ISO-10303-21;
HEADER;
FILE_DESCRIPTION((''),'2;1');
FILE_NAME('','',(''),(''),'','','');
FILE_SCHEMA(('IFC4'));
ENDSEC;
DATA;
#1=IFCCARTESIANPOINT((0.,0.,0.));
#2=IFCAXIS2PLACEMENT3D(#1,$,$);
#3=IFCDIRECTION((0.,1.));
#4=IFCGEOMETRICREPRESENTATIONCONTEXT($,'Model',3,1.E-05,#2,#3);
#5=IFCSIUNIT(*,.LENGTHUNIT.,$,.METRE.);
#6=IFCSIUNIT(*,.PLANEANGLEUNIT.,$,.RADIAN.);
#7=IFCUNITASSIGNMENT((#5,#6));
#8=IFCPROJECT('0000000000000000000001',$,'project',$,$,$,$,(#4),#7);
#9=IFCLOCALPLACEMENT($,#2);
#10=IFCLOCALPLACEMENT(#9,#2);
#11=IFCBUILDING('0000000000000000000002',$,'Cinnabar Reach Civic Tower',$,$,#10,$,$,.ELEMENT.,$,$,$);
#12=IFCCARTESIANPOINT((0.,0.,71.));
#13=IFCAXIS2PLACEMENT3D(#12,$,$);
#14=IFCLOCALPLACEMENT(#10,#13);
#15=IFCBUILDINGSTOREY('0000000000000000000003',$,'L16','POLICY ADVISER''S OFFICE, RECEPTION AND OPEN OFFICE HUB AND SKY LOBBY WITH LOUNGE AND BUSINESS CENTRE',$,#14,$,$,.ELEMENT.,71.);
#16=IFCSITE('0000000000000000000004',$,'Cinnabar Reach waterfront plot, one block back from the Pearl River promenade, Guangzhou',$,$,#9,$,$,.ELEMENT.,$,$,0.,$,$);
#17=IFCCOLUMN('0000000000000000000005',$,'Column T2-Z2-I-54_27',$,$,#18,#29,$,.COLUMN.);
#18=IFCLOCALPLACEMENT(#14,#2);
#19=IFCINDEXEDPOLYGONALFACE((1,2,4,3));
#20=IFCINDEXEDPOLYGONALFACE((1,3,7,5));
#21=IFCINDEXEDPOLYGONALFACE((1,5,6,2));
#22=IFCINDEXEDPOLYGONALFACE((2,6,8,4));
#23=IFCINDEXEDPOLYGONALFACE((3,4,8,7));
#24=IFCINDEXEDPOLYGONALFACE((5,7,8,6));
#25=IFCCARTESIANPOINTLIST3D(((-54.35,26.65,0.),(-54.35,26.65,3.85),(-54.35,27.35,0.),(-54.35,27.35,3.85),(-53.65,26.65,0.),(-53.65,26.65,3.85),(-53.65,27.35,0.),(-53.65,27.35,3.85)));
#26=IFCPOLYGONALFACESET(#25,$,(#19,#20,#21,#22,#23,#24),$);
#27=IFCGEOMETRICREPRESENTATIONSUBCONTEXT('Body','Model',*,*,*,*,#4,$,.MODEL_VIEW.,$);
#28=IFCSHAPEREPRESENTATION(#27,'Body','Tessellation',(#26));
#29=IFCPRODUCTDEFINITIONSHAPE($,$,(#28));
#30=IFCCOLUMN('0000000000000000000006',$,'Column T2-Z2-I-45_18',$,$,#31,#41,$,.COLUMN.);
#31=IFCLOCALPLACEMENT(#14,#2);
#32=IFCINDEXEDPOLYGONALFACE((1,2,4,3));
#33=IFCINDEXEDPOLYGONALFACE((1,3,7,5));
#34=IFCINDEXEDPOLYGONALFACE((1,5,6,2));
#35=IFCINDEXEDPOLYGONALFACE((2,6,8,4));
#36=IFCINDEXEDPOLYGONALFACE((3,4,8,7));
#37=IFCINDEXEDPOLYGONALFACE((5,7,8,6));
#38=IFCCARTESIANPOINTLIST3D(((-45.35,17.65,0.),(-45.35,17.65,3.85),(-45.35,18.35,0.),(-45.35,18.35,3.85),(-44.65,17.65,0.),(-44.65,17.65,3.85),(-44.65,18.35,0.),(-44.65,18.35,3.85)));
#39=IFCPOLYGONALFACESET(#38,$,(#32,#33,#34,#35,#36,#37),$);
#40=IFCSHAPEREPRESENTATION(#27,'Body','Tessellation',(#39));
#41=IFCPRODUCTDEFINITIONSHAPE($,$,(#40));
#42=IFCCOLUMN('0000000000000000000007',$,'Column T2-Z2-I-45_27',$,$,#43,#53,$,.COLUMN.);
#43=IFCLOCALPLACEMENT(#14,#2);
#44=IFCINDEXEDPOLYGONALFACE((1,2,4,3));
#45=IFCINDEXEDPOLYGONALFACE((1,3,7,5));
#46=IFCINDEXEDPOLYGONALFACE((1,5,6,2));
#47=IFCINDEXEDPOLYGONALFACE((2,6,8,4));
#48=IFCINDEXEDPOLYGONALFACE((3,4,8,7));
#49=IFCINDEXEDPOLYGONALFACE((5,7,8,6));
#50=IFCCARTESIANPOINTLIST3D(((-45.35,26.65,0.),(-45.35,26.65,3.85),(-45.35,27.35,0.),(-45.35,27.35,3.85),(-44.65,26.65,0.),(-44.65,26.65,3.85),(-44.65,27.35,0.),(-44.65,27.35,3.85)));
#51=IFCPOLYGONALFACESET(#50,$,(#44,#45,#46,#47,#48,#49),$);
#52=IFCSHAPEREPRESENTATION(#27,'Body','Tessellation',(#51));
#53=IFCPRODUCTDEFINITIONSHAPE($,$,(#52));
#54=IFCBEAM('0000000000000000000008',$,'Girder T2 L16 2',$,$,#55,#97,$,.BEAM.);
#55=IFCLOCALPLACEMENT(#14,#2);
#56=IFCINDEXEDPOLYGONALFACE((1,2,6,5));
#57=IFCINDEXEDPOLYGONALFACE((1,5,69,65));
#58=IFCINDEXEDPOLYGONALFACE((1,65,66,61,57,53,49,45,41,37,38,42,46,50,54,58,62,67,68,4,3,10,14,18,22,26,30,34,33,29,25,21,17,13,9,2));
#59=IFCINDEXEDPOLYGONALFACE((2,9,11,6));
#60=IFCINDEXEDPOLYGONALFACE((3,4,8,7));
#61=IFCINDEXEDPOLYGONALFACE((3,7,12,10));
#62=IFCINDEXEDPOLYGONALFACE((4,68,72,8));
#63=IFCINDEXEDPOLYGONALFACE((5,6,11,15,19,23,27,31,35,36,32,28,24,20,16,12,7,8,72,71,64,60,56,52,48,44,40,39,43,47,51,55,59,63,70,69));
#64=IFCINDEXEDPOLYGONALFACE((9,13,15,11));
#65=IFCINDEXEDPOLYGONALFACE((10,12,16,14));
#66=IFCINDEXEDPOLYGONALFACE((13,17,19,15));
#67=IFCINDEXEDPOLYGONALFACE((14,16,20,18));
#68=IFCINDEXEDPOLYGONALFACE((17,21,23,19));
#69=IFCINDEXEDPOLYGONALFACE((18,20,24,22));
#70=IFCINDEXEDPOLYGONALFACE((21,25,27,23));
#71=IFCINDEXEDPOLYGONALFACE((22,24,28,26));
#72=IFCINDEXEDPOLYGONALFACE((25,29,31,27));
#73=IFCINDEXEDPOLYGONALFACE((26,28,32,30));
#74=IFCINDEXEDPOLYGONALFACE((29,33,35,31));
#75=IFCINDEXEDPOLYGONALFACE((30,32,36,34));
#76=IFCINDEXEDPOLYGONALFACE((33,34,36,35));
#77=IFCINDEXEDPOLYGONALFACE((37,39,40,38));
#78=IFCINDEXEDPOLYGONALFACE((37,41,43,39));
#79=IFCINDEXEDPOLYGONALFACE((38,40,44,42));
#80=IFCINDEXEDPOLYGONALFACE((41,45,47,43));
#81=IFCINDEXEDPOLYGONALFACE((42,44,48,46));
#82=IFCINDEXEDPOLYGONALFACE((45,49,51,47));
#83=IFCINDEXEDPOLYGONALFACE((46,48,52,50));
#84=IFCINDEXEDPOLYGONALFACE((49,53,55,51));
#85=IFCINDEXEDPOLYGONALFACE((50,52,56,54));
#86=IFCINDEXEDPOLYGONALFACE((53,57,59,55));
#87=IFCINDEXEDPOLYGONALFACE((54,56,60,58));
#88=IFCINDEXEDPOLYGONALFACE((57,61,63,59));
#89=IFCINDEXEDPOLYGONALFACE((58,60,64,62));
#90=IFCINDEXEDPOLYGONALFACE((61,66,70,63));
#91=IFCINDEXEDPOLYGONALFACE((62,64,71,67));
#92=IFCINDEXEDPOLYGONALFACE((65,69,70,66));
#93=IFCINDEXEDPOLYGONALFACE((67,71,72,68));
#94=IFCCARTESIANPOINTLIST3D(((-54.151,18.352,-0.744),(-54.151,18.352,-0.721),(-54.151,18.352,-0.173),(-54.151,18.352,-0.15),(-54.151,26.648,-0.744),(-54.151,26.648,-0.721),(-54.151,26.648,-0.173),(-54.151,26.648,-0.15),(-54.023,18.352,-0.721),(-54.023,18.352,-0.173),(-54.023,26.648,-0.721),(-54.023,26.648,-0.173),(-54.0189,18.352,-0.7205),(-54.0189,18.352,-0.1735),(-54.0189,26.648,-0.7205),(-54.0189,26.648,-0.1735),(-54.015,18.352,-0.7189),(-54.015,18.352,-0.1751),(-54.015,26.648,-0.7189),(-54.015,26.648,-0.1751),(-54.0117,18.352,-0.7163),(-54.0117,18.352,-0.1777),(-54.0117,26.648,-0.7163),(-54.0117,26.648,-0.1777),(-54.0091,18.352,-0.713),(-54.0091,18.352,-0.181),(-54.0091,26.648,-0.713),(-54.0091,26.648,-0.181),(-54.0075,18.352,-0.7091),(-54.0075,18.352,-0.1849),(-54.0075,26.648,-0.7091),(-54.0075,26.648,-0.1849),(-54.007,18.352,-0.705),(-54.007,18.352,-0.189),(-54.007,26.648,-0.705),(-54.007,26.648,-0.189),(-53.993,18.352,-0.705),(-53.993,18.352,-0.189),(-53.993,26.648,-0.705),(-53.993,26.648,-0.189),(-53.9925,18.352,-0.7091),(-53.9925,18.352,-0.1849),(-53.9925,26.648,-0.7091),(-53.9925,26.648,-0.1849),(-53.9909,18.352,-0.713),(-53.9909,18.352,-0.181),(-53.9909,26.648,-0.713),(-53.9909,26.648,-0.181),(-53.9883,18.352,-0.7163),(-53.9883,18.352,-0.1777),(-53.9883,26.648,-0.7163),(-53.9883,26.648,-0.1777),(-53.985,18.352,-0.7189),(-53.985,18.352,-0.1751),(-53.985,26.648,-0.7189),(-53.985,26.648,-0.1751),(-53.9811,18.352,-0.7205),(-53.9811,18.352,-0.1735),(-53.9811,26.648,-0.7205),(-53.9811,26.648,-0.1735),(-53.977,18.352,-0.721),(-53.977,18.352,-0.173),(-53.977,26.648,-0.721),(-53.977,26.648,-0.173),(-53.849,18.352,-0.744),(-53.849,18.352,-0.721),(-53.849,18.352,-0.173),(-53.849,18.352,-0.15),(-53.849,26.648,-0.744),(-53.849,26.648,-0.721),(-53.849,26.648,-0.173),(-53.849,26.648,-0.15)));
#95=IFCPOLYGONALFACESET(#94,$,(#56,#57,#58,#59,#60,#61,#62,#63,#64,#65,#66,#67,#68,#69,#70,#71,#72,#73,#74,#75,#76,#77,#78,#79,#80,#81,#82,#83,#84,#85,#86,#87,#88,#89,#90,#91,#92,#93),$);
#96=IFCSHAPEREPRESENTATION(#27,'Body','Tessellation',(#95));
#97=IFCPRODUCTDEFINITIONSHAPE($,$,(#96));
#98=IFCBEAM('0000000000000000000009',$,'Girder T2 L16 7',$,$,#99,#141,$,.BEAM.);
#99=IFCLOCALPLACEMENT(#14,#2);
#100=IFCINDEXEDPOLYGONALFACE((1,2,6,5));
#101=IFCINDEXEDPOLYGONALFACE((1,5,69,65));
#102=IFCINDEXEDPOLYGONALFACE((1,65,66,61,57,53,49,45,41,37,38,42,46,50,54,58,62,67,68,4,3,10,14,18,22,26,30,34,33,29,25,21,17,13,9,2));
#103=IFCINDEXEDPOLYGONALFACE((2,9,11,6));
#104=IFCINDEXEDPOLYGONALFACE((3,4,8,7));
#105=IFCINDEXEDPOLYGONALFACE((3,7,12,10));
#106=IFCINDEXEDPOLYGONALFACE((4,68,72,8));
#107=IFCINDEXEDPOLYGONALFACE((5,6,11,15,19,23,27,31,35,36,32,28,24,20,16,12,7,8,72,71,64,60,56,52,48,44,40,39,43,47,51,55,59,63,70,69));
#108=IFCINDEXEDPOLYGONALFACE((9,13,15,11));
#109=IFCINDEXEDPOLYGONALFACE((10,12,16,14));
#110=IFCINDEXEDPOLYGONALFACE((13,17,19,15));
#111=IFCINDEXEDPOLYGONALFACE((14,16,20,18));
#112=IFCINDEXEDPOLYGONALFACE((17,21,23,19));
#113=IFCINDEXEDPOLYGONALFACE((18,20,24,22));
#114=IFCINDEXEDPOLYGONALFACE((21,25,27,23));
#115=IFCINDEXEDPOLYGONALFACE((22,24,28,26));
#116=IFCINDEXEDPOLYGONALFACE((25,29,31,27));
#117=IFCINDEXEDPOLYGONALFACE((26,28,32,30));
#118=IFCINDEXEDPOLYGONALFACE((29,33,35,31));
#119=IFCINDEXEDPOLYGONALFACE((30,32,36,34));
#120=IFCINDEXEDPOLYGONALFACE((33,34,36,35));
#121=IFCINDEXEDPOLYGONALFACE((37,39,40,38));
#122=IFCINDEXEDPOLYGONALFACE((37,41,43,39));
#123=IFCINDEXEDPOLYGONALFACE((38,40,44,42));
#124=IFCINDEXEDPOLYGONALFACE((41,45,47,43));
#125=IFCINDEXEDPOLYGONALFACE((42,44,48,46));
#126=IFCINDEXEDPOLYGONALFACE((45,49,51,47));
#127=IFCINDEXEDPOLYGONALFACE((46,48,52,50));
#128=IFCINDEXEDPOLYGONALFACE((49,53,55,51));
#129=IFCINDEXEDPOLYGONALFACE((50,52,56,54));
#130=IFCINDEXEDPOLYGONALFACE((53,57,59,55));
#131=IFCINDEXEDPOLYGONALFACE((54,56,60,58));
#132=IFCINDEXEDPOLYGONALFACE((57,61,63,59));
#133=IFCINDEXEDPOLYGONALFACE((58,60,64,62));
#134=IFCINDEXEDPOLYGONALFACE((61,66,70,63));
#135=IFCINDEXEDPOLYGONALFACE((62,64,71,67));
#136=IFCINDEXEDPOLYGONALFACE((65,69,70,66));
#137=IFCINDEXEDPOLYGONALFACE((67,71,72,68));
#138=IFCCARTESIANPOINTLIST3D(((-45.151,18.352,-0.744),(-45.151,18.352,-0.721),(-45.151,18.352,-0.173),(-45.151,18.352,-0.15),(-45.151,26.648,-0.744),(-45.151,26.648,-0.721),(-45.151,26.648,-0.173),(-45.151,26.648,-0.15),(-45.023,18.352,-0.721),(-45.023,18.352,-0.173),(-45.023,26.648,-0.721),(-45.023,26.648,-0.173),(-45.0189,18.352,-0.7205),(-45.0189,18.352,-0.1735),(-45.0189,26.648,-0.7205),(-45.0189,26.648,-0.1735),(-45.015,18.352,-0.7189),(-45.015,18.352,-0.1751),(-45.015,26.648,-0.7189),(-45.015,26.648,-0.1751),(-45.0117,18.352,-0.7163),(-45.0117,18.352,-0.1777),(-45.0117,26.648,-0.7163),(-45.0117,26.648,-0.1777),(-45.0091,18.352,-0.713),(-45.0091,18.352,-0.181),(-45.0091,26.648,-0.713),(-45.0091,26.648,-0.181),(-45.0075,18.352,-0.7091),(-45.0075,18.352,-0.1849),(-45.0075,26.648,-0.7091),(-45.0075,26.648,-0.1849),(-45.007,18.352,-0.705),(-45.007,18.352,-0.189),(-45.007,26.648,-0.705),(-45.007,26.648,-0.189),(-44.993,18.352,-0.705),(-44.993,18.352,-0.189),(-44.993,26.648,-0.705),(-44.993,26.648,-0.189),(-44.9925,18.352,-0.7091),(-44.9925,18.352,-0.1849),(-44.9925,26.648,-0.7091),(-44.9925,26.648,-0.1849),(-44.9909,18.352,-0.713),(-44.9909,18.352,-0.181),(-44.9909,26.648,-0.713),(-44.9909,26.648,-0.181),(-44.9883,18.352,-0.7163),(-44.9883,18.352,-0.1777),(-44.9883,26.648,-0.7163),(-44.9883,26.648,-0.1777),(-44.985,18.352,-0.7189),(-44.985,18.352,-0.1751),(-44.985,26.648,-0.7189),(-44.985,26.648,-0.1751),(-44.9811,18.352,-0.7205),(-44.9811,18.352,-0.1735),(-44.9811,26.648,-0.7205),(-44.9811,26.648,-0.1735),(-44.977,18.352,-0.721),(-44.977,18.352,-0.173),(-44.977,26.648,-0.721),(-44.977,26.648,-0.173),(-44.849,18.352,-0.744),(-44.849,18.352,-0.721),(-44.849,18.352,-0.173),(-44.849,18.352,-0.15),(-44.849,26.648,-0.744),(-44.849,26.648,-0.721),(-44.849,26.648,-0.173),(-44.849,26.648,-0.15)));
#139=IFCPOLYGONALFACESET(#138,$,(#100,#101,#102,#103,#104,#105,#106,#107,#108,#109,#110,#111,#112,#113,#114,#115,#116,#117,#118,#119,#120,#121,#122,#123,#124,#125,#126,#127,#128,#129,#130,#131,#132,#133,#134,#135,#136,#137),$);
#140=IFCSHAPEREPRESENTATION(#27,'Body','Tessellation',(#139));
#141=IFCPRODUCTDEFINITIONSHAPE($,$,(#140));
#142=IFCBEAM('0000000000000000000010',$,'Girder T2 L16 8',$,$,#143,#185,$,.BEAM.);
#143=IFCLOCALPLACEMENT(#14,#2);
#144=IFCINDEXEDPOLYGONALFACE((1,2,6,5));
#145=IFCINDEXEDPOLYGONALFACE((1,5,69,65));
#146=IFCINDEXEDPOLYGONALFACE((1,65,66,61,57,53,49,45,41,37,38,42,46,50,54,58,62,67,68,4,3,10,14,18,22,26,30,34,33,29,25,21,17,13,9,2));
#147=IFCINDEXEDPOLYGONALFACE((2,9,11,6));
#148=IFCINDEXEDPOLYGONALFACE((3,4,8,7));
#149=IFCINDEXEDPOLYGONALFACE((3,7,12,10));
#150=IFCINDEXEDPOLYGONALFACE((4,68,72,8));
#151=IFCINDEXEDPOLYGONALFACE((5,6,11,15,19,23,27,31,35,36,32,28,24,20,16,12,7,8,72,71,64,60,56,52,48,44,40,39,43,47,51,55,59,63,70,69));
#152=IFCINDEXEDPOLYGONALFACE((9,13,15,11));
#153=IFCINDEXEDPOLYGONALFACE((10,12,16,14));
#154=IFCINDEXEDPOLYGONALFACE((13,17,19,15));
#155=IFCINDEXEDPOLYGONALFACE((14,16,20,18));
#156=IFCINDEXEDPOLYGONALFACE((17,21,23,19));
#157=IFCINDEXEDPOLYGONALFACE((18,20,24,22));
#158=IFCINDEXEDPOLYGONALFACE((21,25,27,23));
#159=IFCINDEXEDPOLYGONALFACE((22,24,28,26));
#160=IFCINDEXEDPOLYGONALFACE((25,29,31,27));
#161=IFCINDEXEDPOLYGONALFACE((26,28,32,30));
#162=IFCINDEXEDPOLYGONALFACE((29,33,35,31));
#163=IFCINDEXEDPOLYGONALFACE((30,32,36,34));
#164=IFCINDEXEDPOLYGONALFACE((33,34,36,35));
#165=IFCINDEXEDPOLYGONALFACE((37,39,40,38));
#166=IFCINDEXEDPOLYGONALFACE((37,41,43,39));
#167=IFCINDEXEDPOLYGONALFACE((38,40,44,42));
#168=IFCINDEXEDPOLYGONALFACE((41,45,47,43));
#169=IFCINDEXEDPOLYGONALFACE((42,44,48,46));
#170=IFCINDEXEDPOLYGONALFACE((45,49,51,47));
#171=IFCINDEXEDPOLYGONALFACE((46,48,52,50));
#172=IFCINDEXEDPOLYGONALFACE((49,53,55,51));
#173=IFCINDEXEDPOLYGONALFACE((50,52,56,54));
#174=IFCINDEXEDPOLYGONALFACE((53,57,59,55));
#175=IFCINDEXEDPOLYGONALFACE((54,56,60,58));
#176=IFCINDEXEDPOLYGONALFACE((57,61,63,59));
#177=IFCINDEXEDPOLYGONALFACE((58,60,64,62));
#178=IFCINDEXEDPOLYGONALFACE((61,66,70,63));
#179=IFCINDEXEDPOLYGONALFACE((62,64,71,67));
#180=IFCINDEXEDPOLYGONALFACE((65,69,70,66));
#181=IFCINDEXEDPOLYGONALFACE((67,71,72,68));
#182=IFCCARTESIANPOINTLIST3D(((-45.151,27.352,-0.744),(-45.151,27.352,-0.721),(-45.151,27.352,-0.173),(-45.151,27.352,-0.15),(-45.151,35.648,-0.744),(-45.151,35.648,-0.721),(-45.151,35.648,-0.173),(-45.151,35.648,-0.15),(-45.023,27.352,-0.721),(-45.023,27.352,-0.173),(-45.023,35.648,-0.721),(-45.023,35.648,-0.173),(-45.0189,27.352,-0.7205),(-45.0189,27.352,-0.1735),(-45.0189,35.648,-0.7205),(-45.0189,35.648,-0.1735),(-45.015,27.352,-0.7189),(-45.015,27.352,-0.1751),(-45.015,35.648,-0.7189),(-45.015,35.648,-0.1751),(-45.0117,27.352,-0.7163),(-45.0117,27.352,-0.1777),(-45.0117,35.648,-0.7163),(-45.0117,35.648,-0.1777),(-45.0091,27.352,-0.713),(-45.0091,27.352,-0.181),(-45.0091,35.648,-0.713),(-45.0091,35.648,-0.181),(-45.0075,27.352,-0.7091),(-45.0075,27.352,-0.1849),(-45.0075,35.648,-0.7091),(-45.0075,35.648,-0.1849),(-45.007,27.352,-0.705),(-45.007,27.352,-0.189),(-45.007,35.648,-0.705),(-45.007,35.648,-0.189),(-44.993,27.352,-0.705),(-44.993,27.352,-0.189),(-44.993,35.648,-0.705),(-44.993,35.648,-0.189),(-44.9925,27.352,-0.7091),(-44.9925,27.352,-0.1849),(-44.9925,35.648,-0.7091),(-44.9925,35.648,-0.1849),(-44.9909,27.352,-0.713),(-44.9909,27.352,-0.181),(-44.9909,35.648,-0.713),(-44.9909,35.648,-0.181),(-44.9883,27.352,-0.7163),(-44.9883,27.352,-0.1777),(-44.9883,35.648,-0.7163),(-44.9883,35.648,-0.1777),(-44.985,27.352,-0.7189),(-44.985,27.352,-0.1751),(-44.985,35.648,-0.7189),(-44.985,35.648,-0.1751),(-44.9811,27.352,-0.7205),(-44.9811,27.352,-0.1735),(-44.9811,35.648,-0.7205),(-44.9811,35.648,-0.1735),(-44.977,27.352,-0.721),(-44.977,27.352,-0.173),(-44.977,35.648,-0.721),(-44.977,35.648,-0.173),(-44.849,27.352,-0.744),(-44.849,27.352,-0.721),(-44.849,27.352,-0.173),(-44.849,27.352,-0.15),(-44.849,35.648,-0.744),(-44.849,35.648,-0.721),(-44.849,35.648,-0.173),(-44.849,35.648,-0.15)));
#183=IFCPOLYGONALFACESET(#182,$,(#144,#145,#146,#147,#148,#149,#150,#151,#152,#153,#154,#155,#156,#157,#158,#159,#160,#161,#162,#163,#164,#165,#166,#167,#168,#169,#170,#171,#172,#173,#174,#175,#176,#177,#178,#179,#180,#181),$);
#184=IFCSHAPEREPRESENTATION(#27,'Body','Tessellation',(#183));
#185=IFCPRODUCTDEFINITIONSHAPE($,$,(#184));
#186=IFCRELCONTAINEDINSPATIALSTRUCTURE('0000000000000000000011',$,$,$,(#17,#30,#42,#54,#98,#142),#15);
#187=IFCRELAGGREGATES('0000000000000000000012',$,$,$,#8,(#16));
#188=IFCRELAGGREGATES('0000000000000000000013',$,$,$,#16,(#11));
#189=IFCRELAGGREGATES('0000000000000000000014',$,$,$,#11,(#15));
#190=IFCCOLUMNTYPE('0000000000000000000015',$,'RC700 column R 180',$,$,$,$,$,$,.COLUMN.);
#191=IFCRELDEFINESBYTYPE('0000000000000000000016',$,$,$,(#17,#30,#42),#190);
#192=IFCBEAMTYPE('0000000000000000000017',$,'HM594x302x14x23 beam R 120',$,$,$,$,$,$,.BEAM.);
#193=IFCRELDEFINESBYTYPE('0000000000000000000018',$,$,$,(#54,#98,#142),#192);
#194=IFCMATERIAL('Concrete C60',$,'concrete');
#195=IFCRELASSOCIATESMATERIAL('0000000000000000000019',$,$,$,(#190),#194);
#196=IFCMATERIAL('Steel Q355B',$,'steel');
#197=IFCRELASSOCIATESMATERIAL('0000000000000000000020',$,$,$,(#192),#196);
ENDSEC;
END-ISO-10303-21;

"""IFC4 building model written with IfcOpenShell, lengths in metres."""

from ifc_helpers import new_model, si_unit, direction, frame, origin, origin_2d, place, context, subcontext, project, spatial, rectangle, i_section, extrude, material, material_profile, profile_set, type_object, element, save


model = new_model("IFC4")

# Units and contexts
model_context = context("Model", 3, precision=1e-05, world=origin(), true_north=direction((0.0, 1.0)))
body_context = subcontext(model_context, "Body", "Model", "MODEL_VIEW")
ifc_project = project(units=[si_unit("LENGTHUNIT", "METRE"), si_unit("PLANEANGLEUNIT", "RADIAN")], contexts=[model_context])

# Site, building, storey
site_placement = place(None, origin())
site = spatial("IfcSite", under=ifc_project, at=site_placement, Name="Cinnabar Reach waterfront plot, one block back from the Pearl River promenade, Guangzhou", CompositionType="ELEMENT", RefElevation=0.0)
building_placement = place(site_placement, origin())
building = spatial("IfcBuilding", under=site, at=building_placement, Name="Cinnabar Reach Civic Tower", CompositionType="ELEMENT")
storey_placement = place(building_placement, frame((0.0, 0.0, 71.0)))
storey = spatial("IfcBuildingStorey", under=building, at=storey_placement, Name="L16", Description="POLICY ADVISER'S OFFICE, RECEPTION AND OPEN OFFICE HUB AND SKY LOBBY WITH LOUNGE AND BUSINESS CENTRE", CompositionType="ELEMENT", Elevation=71.0)

# Columns
ifc_material_1 = material(Name="Concrete C60", Category="concrete")
ifc_material_profile_1 = material_profile(ifc_material_1, rectangle(XDim=0.7, YDim=0.7, at=origin_2d()), Name="RC700")
ifc_profile_set_1 = profile_set([ifc_material_profile_1], Name="Concrete C60")
column_type = type_object("IfcColumnType", Name="RC700 column R 180", PredefinedType="COLUMN", material=ifc_profile_set_1)
for number, where, z_axis, x_axis, name in (
    (1, (-54.0, 27.0, 0.0), (0.0, 0.0, 1.0), (1.0, 0.0, 0.0), "Column T2-Z2-I-54_27"),
    (2, (-45.0, 18.0, 0.0), (0.0, 0.0, 1.0), (1.0, 0.0, 0.0), "Column T2-Z2-I-45_18"),
    (3, (-45.0, 27.0, 0.0), (0.0, 0.0, 1.0), (1.0, 0.0, 0.0), "Column T2-Z2-I-45_27"),
):
    element("IfcColumn", number, at=place(storey_placement, frame(where, z_axis=z_axis, x_axis=x_axis)), inside=storey, type_object=column_type, Name=name, PredefinedType="COLUMN", context=body_context, shape_type="SweptSolid", body=[
        extrude(rectangle(XDim=0.7, YDim=0.7, at=origin_2d()), origin(), (0.0, 0.0, 1.0), 3.85),
    ])

# Beams
ifc_material_2 = material(Name="Steel Q355B", Category="steel")
ifc_material_profile_2 = material_profile(ifc_material_2, i_section(OverallWidth=0.302, OverallDepth=0.594, WebThickness=0.014, FlangeThickness=0.023, FilletRadius=0.016, at=origin_2d()), Name="HM594x302x14x23")
ifc_profile_set_2 = profile_set([ifc_material_profile_2], Name="Steel Q355B")
beam_type_1 = type_object("IfcBeamType", Name="HM594x302x14x23 beam R 120", PredefinedType="BEAM", material=ifc_profile_set_2)
for number, where, z_axis, x_axis, name in (
    (4, (-54.0, 18.352, -0.447), (0.0, 1.0, 0.0), (-1.0, 0.0, 0.0), "Girder T2 L16 2"),
    (5, (-45.0, 18.352, -0.447), (0.0, 1.0, 0.0), (-1.0, 0.0, 0.0), "Girder T2 L16 7"),
    (6, (-45.0, 27.352, -0.447), (0.0, 1.0, 0.0), (-1.0, 0.0, 0.0), "Girder T2 L16 8"),
):
    element("IfcBeam", number, at=place(storey_placement, frame(where, z_axis=z_axis, x_axis=x_axis)), inside=storey, type_object=beam_type_1, Name=name, PredefinedType="BEAM", context=body_context, shape_type="SweptSolid", body=[
        extrude(i_section(OverallWidth=0.302, OverallDepth=0.594, WebThickness=0.014, FlangeThickness=0.023, FilletRadius=0.016, at=origin_2d()), origin(), (0.0, 0.0, 1.0), 8.296),
    ])

save(model, "model.ifc")
